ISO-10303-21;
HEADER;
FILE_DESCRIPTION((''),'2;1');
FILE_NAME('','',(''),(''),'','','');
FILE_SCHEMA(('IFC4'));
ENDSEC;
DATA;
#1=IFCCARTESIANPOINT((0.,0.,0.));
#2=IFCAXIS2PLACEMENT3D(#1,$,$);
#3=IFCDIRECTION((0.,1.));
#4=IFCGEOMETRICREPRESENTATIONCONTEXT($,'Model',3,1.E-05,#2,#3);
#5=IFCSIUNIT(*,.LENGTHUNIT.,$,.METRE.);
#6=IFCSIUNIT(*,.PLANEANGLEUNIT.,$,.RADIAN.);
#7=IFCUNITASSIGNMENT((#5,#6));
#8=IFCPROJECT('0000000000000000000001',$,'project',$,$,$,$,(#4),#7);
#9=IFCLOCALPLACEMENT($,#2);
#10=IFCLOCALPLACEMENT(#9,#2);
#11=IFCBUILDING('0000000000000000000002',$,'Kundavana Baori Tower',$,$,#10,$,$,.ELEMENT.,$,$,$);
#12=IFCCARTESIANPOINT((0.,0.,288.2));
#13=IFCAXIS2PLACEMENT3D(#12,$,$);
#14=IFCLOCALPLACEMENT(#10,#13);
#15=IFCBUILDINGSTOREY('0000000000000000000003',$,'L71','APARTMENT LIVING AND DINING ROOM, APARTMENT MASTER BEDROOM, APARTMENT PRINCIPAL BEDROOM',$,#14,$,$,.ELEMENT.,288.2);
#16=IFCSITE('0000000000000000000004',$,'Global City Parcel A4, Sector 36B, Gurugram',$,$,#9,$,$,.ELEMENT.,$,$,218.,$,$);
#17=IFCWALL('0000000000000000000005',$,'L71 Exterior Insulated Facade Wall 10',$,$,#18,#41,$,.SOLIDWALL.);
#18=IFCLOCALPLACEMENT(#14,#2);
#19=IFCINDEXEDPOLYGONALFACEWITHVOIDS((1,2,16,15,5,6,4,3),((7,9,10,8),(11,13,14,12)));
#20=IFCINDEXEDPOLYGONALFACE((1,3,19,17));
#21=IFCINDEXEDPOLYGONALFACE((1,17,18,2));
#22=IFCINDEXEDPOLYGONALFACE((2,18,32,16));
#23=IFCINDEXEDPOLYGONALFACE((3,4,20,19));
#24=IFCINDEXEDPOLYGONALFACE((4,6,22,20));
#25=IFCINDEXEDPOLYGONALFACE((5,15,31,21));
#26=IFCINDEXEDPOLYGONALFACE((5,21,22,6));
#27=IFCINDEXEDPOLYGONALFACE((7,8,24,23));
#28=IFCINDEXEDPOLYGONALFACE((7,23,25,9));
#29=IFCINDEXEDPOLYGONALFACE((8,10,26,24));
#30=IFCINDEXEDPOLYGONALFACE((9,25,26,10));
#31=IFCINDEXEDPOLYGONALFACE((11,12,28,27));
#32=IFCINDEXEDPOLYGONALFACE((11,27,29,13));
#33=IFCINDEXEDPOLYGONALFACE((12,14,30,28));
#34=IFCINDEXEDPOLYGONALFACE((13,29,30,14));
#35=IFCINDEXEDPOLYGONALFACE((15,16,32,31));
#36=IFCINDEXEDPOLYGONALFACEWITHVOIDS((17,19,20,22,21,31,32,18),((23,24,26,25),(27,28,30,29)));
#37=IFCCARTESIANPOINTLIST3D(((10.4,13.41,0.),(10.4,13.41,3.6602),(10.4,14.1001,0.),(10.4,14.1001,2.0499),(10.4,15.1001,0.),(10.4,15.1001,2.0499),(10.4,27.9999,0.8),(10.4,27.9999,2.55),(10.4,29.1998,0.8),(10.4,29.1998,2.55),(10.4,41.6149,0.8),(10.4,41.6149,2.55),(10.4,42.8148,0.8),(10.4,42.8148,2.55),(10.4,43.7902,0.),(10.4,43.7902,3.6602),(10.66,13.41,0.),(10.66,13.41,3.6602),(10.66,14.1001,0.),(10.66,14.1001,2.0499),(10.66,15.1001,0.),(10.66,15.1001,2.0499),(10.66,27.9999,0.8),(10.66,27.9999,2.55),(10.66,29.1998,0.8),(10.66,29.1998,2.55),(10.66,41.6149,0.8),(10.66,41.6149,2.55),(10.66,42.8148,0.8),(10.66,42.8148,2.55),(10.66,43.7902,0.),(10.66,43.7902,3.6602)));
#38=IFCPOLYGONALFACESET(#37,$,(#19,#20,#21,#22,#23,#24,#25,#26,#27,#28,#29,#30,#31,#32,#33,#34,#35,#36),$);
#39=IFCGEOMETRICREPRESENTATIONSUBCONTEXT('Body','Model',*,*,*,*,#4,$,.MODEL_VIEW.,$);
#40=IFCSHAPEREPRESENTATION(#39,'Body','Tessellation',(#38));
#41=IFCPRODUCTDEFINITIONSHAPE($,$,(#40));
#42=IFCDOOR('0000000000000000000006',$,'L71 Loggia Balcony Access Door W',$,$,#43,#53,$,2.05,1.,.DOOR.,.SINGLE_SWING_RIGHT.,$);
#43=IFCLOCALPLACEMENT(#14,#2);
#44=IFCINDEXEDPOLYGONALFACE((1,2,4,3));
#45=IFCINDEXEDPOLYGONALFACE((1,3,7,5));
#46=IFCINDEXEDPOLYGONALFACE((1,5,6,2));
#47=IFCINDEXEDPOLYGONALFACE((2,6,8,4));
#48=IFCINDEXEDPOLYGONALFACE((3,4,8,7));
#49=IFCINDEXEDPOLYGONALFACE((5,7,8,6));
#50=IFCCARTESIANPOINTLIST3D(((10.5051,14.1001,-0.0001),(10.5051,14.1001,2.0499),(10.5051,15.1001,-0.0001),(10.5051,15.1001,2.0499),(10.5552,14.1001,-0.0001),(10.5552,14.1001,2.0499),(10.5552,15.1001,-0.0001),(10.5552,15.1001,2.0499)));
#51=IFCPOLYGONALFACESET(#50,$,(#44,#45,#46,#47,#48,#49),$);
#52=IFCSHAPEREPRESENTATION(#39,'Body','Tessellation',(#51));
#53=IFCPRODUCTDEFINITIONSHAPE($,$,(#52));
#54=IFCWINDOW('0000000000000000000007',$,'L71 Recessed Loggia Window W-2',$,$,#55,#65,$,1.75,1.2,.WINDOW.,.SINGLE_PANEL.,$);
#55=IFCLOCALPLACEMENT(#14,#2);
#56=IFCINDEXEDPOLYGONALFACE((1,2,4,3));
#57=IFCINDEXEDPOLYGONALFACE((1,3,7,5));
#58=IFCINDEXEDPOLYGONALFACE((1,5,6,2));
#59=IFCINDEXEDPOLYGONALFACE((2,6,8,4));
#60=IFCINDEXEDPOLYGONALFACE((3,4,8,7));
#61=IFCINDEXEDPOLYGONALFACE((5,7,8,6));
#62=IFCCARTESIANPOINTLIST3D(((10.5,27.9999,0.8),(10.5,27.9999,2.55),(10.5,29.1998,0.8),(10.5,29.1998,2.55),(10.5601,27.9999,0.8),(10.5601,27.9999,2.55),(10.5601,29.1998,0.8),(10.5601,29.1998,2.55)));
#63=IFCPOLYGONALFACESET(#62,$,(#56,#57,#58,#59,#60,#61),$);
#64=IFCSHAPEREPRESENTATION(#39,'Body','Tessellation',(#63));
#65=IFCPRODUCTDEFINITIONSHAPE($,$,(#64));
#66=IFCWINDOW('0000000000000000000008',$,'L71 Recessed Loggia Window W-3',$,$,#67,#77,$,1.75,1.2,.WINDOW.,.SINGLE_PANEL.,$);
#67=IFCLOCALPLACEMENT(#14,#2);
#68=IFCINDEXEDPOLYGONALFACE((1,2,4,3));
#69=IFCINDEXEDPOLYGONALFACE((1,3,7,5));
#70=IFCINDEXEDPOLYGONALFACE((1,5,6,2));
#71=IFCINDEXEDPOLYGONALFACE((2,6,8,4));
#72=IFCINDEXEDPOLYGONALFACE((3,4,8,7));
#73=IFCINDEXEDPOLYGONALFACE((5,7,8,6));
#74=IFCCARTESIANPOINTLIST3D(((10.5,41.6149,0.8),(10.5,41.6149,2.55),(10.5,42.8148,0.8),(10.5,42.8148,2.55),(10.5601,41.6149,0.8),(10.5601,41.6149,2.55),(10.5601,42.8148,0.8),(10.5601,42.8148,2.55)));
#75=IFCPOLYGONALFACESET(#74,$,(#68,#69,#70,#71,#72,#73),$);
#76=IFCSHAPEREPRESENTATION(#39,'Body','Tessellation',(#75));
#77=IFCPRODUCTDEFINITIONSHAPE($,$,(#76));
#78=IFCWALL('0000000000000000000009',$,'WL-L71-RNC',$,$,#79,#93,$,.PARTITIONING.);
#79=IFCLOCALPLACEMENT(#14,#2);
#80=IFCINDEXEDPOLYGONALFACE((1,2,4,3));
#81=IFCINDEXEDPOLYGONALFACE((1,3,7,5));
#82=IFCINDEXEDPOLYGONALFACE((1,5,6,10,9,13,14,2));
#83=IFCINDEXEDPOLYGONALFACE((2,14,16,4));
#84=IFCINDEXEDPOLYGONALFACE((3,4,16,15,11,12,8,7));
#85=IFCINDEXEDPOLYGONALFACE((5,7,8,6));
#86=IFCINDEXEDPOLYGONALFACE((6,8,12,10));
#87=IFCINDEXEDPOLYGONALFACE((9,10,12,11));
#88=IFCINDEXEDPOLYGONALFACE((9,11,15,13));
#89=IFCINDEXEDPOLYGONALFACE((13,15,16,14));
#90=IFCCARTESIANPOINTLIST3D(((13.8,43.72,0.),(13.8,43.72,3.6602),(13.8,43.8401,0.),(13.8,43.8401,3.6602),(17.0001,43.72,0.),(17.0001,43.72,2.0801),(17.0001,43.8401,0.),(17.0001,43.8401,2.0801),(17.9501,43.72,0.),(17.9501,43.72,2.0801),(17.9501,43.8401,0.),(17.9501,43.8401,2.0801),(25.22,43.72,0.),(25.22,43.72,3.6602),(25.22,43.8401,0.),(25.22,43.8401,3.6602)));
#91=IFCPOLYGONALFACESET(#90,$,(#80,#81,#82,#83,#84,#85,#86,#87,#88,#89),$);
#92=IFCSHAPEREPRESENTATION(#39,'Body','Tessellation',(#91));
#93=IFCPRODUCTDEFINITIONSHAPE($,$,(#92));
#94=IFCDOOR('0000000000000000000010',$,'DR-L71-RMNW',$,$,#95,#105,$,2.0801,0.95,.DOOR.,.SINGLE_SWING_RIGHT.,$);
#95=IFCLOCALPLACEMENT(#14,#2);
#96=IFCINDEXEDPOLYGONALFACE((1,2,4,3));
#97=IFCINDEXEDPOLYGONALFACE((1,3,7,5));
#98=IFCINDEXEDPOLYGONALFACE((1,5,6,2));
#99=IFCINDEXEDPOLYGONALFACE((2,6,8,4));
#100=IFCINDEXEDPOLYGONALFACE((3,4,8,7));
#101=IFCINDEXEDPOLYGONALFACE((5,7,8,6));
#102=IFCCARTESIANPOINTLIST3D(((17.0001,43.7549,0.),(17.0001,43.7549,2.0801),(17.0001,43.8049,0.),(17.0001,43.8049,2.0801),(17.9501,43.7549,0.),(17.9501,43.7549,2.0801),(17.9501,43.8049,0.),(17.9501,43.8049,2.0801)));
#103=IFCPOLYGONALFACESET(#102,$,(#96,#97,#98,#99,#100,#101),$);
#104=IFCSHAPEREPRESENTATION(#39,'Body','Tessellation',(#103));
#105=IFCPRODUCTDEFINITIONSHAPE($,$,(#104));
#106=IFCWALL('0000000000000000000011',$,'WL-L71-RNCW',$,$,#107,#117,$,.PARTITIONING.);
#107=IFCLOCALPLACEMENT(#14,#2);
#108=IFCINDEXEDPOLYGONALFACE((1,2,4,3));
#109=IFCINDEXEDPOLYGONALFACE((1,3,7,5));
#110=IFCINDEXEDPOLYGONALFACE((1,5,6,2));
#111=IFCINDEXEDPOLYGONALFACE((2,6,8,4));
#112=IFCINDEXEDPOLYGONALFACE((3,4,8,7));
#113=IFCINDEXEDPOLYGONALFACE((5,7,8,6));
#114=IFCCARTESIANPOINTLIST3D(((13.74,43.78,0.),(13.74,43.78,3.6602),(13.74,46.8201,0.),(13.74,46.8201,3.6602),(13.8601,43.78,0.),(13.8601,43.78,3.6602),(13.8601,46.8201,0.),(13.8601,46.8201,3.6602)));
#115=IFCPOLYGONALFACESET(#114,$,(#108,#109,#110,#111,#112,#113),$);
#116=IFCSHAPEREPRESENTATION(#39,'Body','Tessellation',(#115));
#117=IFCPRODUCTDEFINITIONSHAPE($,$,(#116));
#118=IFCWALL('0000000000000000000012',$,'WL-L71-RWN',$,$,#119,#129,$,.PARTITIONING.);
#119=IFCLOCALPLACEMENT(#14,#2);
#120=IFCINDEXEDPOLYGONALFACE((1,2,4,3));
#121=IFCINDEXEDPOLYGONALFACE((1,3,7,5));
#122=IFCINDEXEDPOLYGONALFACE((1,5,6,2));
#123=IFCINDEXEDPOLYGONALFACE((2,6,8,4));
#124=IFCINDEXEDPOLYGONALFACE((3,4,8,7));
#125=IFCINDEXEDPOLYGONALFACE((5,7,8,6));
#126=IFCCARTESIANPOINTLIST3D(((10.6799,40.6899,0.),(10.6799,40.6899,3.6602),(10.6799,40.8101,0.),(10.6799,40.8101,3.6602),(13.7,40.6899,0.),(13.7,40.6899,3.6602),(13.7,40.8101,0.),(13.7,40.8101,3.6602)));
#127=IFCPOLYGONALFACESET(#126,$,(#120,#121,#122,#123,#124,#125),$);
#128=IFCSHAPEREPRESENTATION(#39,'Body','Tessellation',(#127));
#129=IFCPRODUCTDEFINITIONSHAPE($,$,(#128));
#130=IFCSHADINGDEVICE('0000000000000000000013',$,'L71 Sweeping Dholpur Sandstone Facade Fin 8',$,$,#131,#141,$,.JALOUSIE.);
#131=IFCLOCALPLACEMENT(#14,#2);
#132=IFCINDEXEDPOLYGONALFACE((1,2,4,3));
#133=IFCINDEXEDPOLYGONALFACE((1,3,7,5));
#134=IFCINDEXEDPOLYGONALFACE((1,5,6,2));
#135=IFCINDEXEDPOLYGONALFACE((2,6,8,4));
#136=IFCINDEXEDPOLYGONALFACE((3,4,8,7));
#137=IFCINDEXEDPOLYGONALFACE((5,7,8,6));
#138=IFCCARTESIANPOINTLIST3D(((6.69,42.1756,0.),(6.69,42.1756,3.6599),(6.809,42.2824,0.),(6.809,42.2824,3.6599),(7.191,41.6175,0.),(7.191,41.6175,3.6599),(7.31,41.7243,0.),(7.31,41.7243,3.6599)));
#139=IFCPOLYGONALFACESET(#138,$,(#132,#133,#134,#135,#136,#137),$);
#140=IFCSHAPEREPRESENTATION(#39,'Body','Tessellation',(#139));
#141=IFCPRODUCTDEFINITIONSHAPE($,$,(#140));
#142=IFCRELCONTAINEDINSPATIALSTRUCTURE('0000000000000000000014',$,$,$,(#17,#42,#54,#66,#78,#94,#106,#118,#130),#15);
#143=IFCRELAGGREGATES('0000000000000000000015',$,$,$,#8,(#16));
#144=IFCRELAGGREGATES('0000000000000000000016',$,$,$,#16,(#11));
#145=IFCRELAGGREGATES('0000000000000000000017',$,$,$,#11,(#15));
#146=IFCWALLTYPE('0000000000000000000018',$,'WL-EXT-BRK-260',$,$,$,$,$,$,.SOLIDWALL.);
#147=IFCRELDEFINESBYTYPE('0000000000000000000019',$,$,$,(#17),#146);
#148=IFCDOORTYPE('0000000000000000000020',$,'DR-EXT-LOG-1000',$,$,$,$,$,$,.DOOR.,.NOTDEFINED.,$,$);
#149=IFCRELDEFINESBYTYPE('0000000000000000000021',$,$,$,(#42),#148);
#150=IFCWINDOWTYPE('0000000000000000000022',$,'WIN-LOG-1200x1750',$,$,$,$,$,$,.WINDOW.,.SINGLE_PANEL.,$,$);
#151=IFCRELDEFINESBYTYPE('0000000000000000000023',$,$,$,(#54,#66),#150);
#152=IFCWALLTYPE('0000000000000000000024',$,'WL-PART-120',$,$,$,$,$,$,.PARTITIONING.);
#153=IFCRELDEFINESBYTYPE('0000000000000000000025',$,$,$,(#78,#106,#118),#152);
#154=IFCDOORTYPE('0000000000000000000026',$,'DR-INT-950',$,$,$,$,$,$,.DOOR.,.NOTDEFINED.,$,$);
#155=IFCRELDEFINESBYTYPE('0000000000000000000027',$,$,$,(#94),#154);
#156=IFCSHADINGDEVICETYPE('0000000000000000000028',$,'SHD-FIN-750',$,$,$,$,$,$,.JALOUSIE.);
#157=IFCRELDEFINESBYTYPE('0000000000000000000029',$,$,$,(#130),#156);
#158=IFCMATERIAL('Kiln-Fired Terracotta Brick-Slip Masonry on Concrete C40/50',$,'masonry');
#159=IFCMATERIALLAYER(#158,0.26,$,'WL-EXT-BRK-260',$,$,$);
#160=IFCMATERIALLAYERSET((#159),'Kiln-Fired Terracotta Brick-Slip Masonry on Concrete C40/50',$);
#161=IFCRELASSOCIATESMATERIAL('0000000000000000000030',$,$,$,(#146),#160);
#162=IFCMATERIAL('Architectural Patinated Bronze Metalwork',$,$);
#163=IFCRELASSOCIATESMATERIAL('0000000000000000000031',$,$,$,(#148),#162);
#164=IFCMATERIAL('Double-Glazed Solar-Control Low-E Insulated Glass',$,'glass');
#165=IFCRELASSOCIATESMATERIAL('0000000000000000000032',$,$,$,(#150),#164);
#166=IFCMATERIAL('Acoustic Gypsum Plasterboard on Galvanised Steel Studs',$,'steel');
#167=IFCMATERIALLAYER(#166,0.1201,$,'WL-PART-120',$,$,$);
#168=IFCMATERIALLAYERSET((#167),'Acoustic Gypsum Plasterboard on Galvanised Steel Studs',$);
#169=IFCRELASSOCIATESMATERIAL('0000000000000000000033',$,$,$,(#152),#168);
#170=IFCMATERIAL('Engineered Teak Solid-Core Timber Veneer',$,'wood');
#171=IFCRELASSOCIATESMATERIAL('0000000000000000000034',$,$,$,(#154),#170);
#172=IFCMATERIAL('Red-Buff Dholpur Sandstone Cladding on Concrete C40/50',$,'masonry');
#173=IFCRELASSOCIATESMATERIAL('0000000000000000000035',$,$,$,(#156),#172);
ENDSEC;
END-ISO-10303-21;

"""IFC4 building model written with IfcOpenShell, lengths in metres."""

from ifc_helpers import new_model, si_unit, direction, frame, frame_2d, origin, origin_2d, place, context, subcontext, project, spatial, rectangle, extrude, material, layer, layer_set, type_object, element, fill, save


model = new_model("IFC4")

# Units and contexts
model_context = context("Model", 3, precision=1e-05, world=origin(), true_north=direction((0.0, 1.0)))
body_context = subcontext(model_context, "Body", "Model", "MODEL_VIEW")
ifc_project = project(units=[si_unit("LENGTHUNIT", "METRE"), si_unit("PLANEANGLEUNIT", "RADIAN")], contexts=[model_context])

# Site, building, storey
site_placement = place(None, origin())
site = spatial("IfcSite", under=ifc_project, at=site_placement, Name="Global City Parcel A4, Sector 36B, Gurugram", CompositionType="ELEMENT", RefElevation=218.0)
building_placement = place(site_placement, origin())
building = spatial("IfcBuilding", under=site, at=building_placement, Name="Kundavana Baori Tower", CompositionType="ELEMENT")
storey_placement = place(building_placement, frame((0.0, 0.0, 288.2)))
storey = spatial("IfcBuildingStorey", under=building, at=storey_placement, Name="L71", Description="APARTMENT LIVING AND DINING ROOM, APARTMENT MASTER BEDROOM, APARTMENT PRINCIPAL BEDROOM", CompositionType="ELEMENT", Elevation=288.2)

# Shared definitions
ifc_material_1 = material(Name="Kiln-Fired Terracotta Brick-Slip Masonry on Concrete C40/50", Category="masonry")
ifc_layer_1 = layer(ifc_material_1, 0.26, Name="WL-EXT-BRK-260")
ifc_layer_set_1 = layer_set([ifc_layer_1], Name="Kiln-Fired Terracotta Brick-Slip Masonry on Concrete C40/50")
wall_type_1 = type_object("IfcWallType", Name="WL-EXT-BRK-260", PredefinedType="SOLIDWALL", material=ifc_layer_set_1)

# Wall, openings, door, windows
wall_1_placement = place(storey_placement, frame((10.53, 43.79, 0.0), z_axis=(0.0, 0.0, 1.0), x_axis=(0.0, -1.0, 0.0)))
wall_1 = element("IfcWall", 1, at=wall_1_placement, inside=storey, type_object=wall_type_1, Name="L71 Exterior Insulated Facade Wall 10", PredefinedType="SOLIDWALL", context=body_context, shape_type="SweptSolid", body=[
    extrude(rectangle(XDim=30.3801, YDim=0.26, at=frame_2d((15.1899, 0.0))), origin(), (0.0, 0.0, 1.0), 3.6602),
])
opening_1_placement = place(wall_1_placement, frame((28.6899, 0.0, 0.0)))
opening_1 = element("IfcOpeningElement", 2, at=opening_1_placement, cuts=wall_1, PredefinedType="OPENING", context=body_context, shape_type="SweptSolid", body=[
    extrude(rectangle(XDim=1.0, YDim=2.05, at=frame_2d((0.5, 1.0249))), frame((0.0, 0.1401, 0.0), z_axis=(0.0, -1.0, 0.0), x_axis=(1.0, 0.0, 0.0)), (0.0, 0.0, 1.0), 0.28),
])
opening_2_placement = place(wall_1_placement, frame((14.5901, 0.0, 0.8)))
opening_2 = element("IfcOpeningElement", 3, at=opening_2_placement, cuts=wall_1, PredefinedType="OPENING", context=body_context, shape_type="SweptSolid", body=[
    extrude(rectangle(XDim=1.2, YDim=1.75, at=frame_2d((0.6001, 0.875))), frame((0.0, 0.1401, 0.0), z_axis=(0.0, -1.0, 0.0), x_axis=(1.0, 0.0, 0.0)), (0.0, 0.0, 1.0), 0.28),
])
opening_3_placement = place(wall_1_placement, frame((0.9751, 0.0, 0.8)))
opening_3 = element("IfcOpeningElement", 4, at=opening_3_placement, cuts=wall_1, PredefinedType="OPENING", context=body_context, shape_type="SweptSolid", body=[
    extrude(rectangle(XDim=1.2, YDim=1.75, at=frame_2d((0.6001, 0.875))), frame((0.0, 0.1401, 0.0), z_axis=(0.0, -1.0, 0.0), x_axis=(1.0, 0.0, 0.0)), (0.0, 0.0, 1.0), 0.28),
])
ifc_material_2 = material(Name="Architectural Patinated Bronze Metalwork")
door_type_1 = type_object("IfcDoorType", Name="DR-EXT-LOG-1000", OperationType="NOTDEFINED", PredefinedType="DOOR", material=ifc_material_2)
door_1_placement = place(opening_1_placement, frame((1.0, 0.0, 0.0), z_axis=(0.0, 0.0, 1.0), x_axis=(-1.0, 0.0, 0.0)))
door_1 = element("IfcDoor", 5, at=door_1_placement, inside=storey, type_object=door_type_1, Name="L71 Loggia Balcony Access Door W", OperationType="SINGLE_SWING_RIGHT", OverallHeight=2.05, OverallWidth=1.0, PredefinedType="DOOR", context=body_context, shape_type="SweptSolid", body=[
    extrude(rectangle(XDim=1.0, YDim=2.05, at=frame_2d((0.5, 1.0249))), frame((0.0, 0.0249, 0.0), z_axis=(0.0, -1.0, 0.0), x_axis=(1.0, 0.0, 0.0)), (0.0, 0.0, 1.0), 0.05),
])
fill(opening_1, door_1)
ifc_material_3 = material(Name="Double-Glazed Solar-Control Low-E Insulated Glass", Category="glass")
window_type = type_object("IfcWindowType", Name="WIN-LOG-1200x1750", PartitioningType="SINGLE_PANEL", PredefinedType="WINDOW", material=ifc_material_3)
window_1_placement = place(opening_2_placement, origin())
window_1 = element("IfcWindow", 6, at=window_1_placement, inside=storey, type_object=window_type, Name="L71 Recessed Loggia Window W-2", OverallHeight=1.75, OverallWidth=1.2, PartitioningType="SINGLE_PANEL", PredefinedType="WINDOW", context=body_context, shape_type="SweptSolid", body=[
    extrude(rectangle(XDim=1.2, YDim=1.75, at=frame_2d((0.6001, 0.875))), frame((0.0, 0.03, 0.0), z_axis=(0.0, -1.0, 0.0), x_axis=(1.0, 0.0, 0.0)), (0.0, 0.0, 1.0), 0.0601),
])
fill(opening_2, window_1)
window_2_placement = place(opening_3_placement, origin())
window_2 = element("IfcWindow", 7, at=window_2_placement, inside=storey, type_object=window_type, Name="L71 Recessed Loggia Window W-3", OverallHeight=1.75, OverallWidth=1.2, PartitioningType="SINGLE_PANEL", PredefinedType="WINDOW", context=body_context, shape_type="SweptSolid", body=[
    extrude(rectangle(XDim=1.2, YDim=1.75, at=frame_2d((0.6001, 0.875))), frame((0.0, 0.03, 0.0), z_axis=(0.0, -1.0, 0.0), x_axis=(1.0, 0.0, 0.0)), (0.0, 0.0, 1.0), 0.0601),
])
fill(opening_3, window_2)

# Wall, opening, door
ifc_material_4 = material(Name="Acoustic Gypsum Plasterboard on Galvanised Steel Studs", Category="steel")
ifc_layer_2 = layer(ifc_material_4, 0.1201, Name="WL-PART-120")
ifc_layer_set_2 = layer_set([ifc_layer_2], Name="Acoustic Gypsum Plasterboard on Galvanised Steel Studs")
wall_type_2 = type_object("IfcWallType", Name="WL-PART-120", PredefinedType="PARTITIONING", material=ifc_layer_set_2)
wall_2_placement = place(storey_placement, frame((13.8, 43.78, 0.0), z_axis=(0.0, 0.0, 1.0), x_axis=(1.0, 0.0, 0.0)))
wall_2 = element("IfcWall", 8, at=wall_2_placement, inside=storey, type_object=wall_type_2, Name="WL-L71-RNC", PredefinedType="PARTITIONING", context=body_context, shape_type="SweptSolid", body=[
    extrude(rectangle(XDim=11.4199, YDim=0.1201, at=frame_2d((5.71, 0.0))), origin(), (0.0, 0.0, 1.0), 3.6602),
])
opening_4_placement = place(wall_2_placement, frame((3.2, 0.0, 0.0)))
opening_4 = element("IfcOpeningElement", 9, at=opening_4_placement, cuts=wall_2, PredefinedType="OPENING", context=body_context, shape_type="SweptSolid", body=[
    extrude(rectangle(XDim=0.95, YDim=2.0801, at=frame_2d((0.4751, 1.04))), frame((0.0, 0.0701, 0.0), z_axis=(0.0, -1.0, 0.0), x_axis=(1.0, 0.0, 0.0)), (0.0, 0.0, 1.0), 0.1401),
])
ifc_material_5 = material(Name="Engineered Teak Solid-Core Timber Veneer", Category="wood")
door_type_2 = type_object("IfcDoorType", Name="DR-INT-950", OperationType="NOTDEFINED", PredefinedType="DOOR", material=ifc_material_5)
door_2_placement = place(opening_4_placement, origin())
door_2 = element("IfcDoor", 10, at=door_2_placement, inside=storey, type_object=door_type_2, Name="DR-L71-RMNW", OperationType="SINGLE_SWING_RIGHT", OverallHeight=2.0801, OverallWidth=0.95, PredefinedType="DOOR", context=body_context, shape_type="SweptSolid", body=[
    extrude(rectangle(XDim=0.95, YDim=2.0801, at=frame_2d((0.4751, 1.04))), frame((0.0, 0.0249, 0.0), z_axis=(0.0, -1.0, 0.0), x_axis=(1.0, 0.0, 0.0)), (0.0, 0.0, 1.0), 0.05),
])
fill(opening_4, door_2)

# Walls
wall_3_placement = place(storey_placement, frame((13.8, 43.78, 0.0), z_axis=(0.0, 0.0, 1.0), x_axis=(0.0, 1.0, 0.0)))
element("IfcWall", 11, at=wall_3_placement, inside=storey, type_object=wall_type_2, Name="WL-L71-RNCW", PredefinedType="PARTITIONING", context=body_context, shape_type="SweptSolid", body=[
    extrude(rectangle(XDim=3.04, YDim=0.1201, at=frame_2d((1.52, 0.0))), origin(), (0.0, 0.0, 1.0), 3.6602),
])
wall_4_placement = place(storey_placement, frame((10.6799, 40.75, 0.0), z_axis=(0.0, 0.0, 1.0), x_axis=(1.0, 0.0, 0.0)))
element("IfcWall", 12, at=wall_4_placement, inside=storey, type_object=wall_type_2, Name="WL-L71-RWN", PredefinedType="PARTITIONING", context=body_context, shape_type="SweptSolid", body=[
    extrude(rectangle(XDim=3.02, YDim=0.1201, at=frame_2d((1.51, 0.0))), origin(), (0.0, 0.0, 1.0), 3.6602),
])

# Shading device
ifc_material_6 = material(Name="Red-Buff Dholpur Sandstone Cladding on Concrete C40/50", Category="masonry")
shading_device_type = type_object("IfcShadingDeviceType", Name="SHD-FIN-750", PredefinedType="JALOUSIE", material=ifc_material_6)
shading_device_placement = place(storey_placement, frame((7.0, 41.95, 0.0), z_axis=(0.0, 0.0, 1.0), x_axis=(0.744195, 0.667962, 0.0)))
element("IfcShadingDevice", 13, at=shading_device_placement, inside=storey, type_object=shading_device_type, Name="L71 Sweeping Dholpur Sandstone Facade Fin 8", PredefinedType="JALOUSIE", context=body_context, shape_type="SweptSolid", body=[
    extrude(rectangle(XDim=0.1599, YDim=0.75, at=origin_2d()), origin(), (0.0, 0.0, 1.0), 3.6599),
])

save(model, "model.ifc")
